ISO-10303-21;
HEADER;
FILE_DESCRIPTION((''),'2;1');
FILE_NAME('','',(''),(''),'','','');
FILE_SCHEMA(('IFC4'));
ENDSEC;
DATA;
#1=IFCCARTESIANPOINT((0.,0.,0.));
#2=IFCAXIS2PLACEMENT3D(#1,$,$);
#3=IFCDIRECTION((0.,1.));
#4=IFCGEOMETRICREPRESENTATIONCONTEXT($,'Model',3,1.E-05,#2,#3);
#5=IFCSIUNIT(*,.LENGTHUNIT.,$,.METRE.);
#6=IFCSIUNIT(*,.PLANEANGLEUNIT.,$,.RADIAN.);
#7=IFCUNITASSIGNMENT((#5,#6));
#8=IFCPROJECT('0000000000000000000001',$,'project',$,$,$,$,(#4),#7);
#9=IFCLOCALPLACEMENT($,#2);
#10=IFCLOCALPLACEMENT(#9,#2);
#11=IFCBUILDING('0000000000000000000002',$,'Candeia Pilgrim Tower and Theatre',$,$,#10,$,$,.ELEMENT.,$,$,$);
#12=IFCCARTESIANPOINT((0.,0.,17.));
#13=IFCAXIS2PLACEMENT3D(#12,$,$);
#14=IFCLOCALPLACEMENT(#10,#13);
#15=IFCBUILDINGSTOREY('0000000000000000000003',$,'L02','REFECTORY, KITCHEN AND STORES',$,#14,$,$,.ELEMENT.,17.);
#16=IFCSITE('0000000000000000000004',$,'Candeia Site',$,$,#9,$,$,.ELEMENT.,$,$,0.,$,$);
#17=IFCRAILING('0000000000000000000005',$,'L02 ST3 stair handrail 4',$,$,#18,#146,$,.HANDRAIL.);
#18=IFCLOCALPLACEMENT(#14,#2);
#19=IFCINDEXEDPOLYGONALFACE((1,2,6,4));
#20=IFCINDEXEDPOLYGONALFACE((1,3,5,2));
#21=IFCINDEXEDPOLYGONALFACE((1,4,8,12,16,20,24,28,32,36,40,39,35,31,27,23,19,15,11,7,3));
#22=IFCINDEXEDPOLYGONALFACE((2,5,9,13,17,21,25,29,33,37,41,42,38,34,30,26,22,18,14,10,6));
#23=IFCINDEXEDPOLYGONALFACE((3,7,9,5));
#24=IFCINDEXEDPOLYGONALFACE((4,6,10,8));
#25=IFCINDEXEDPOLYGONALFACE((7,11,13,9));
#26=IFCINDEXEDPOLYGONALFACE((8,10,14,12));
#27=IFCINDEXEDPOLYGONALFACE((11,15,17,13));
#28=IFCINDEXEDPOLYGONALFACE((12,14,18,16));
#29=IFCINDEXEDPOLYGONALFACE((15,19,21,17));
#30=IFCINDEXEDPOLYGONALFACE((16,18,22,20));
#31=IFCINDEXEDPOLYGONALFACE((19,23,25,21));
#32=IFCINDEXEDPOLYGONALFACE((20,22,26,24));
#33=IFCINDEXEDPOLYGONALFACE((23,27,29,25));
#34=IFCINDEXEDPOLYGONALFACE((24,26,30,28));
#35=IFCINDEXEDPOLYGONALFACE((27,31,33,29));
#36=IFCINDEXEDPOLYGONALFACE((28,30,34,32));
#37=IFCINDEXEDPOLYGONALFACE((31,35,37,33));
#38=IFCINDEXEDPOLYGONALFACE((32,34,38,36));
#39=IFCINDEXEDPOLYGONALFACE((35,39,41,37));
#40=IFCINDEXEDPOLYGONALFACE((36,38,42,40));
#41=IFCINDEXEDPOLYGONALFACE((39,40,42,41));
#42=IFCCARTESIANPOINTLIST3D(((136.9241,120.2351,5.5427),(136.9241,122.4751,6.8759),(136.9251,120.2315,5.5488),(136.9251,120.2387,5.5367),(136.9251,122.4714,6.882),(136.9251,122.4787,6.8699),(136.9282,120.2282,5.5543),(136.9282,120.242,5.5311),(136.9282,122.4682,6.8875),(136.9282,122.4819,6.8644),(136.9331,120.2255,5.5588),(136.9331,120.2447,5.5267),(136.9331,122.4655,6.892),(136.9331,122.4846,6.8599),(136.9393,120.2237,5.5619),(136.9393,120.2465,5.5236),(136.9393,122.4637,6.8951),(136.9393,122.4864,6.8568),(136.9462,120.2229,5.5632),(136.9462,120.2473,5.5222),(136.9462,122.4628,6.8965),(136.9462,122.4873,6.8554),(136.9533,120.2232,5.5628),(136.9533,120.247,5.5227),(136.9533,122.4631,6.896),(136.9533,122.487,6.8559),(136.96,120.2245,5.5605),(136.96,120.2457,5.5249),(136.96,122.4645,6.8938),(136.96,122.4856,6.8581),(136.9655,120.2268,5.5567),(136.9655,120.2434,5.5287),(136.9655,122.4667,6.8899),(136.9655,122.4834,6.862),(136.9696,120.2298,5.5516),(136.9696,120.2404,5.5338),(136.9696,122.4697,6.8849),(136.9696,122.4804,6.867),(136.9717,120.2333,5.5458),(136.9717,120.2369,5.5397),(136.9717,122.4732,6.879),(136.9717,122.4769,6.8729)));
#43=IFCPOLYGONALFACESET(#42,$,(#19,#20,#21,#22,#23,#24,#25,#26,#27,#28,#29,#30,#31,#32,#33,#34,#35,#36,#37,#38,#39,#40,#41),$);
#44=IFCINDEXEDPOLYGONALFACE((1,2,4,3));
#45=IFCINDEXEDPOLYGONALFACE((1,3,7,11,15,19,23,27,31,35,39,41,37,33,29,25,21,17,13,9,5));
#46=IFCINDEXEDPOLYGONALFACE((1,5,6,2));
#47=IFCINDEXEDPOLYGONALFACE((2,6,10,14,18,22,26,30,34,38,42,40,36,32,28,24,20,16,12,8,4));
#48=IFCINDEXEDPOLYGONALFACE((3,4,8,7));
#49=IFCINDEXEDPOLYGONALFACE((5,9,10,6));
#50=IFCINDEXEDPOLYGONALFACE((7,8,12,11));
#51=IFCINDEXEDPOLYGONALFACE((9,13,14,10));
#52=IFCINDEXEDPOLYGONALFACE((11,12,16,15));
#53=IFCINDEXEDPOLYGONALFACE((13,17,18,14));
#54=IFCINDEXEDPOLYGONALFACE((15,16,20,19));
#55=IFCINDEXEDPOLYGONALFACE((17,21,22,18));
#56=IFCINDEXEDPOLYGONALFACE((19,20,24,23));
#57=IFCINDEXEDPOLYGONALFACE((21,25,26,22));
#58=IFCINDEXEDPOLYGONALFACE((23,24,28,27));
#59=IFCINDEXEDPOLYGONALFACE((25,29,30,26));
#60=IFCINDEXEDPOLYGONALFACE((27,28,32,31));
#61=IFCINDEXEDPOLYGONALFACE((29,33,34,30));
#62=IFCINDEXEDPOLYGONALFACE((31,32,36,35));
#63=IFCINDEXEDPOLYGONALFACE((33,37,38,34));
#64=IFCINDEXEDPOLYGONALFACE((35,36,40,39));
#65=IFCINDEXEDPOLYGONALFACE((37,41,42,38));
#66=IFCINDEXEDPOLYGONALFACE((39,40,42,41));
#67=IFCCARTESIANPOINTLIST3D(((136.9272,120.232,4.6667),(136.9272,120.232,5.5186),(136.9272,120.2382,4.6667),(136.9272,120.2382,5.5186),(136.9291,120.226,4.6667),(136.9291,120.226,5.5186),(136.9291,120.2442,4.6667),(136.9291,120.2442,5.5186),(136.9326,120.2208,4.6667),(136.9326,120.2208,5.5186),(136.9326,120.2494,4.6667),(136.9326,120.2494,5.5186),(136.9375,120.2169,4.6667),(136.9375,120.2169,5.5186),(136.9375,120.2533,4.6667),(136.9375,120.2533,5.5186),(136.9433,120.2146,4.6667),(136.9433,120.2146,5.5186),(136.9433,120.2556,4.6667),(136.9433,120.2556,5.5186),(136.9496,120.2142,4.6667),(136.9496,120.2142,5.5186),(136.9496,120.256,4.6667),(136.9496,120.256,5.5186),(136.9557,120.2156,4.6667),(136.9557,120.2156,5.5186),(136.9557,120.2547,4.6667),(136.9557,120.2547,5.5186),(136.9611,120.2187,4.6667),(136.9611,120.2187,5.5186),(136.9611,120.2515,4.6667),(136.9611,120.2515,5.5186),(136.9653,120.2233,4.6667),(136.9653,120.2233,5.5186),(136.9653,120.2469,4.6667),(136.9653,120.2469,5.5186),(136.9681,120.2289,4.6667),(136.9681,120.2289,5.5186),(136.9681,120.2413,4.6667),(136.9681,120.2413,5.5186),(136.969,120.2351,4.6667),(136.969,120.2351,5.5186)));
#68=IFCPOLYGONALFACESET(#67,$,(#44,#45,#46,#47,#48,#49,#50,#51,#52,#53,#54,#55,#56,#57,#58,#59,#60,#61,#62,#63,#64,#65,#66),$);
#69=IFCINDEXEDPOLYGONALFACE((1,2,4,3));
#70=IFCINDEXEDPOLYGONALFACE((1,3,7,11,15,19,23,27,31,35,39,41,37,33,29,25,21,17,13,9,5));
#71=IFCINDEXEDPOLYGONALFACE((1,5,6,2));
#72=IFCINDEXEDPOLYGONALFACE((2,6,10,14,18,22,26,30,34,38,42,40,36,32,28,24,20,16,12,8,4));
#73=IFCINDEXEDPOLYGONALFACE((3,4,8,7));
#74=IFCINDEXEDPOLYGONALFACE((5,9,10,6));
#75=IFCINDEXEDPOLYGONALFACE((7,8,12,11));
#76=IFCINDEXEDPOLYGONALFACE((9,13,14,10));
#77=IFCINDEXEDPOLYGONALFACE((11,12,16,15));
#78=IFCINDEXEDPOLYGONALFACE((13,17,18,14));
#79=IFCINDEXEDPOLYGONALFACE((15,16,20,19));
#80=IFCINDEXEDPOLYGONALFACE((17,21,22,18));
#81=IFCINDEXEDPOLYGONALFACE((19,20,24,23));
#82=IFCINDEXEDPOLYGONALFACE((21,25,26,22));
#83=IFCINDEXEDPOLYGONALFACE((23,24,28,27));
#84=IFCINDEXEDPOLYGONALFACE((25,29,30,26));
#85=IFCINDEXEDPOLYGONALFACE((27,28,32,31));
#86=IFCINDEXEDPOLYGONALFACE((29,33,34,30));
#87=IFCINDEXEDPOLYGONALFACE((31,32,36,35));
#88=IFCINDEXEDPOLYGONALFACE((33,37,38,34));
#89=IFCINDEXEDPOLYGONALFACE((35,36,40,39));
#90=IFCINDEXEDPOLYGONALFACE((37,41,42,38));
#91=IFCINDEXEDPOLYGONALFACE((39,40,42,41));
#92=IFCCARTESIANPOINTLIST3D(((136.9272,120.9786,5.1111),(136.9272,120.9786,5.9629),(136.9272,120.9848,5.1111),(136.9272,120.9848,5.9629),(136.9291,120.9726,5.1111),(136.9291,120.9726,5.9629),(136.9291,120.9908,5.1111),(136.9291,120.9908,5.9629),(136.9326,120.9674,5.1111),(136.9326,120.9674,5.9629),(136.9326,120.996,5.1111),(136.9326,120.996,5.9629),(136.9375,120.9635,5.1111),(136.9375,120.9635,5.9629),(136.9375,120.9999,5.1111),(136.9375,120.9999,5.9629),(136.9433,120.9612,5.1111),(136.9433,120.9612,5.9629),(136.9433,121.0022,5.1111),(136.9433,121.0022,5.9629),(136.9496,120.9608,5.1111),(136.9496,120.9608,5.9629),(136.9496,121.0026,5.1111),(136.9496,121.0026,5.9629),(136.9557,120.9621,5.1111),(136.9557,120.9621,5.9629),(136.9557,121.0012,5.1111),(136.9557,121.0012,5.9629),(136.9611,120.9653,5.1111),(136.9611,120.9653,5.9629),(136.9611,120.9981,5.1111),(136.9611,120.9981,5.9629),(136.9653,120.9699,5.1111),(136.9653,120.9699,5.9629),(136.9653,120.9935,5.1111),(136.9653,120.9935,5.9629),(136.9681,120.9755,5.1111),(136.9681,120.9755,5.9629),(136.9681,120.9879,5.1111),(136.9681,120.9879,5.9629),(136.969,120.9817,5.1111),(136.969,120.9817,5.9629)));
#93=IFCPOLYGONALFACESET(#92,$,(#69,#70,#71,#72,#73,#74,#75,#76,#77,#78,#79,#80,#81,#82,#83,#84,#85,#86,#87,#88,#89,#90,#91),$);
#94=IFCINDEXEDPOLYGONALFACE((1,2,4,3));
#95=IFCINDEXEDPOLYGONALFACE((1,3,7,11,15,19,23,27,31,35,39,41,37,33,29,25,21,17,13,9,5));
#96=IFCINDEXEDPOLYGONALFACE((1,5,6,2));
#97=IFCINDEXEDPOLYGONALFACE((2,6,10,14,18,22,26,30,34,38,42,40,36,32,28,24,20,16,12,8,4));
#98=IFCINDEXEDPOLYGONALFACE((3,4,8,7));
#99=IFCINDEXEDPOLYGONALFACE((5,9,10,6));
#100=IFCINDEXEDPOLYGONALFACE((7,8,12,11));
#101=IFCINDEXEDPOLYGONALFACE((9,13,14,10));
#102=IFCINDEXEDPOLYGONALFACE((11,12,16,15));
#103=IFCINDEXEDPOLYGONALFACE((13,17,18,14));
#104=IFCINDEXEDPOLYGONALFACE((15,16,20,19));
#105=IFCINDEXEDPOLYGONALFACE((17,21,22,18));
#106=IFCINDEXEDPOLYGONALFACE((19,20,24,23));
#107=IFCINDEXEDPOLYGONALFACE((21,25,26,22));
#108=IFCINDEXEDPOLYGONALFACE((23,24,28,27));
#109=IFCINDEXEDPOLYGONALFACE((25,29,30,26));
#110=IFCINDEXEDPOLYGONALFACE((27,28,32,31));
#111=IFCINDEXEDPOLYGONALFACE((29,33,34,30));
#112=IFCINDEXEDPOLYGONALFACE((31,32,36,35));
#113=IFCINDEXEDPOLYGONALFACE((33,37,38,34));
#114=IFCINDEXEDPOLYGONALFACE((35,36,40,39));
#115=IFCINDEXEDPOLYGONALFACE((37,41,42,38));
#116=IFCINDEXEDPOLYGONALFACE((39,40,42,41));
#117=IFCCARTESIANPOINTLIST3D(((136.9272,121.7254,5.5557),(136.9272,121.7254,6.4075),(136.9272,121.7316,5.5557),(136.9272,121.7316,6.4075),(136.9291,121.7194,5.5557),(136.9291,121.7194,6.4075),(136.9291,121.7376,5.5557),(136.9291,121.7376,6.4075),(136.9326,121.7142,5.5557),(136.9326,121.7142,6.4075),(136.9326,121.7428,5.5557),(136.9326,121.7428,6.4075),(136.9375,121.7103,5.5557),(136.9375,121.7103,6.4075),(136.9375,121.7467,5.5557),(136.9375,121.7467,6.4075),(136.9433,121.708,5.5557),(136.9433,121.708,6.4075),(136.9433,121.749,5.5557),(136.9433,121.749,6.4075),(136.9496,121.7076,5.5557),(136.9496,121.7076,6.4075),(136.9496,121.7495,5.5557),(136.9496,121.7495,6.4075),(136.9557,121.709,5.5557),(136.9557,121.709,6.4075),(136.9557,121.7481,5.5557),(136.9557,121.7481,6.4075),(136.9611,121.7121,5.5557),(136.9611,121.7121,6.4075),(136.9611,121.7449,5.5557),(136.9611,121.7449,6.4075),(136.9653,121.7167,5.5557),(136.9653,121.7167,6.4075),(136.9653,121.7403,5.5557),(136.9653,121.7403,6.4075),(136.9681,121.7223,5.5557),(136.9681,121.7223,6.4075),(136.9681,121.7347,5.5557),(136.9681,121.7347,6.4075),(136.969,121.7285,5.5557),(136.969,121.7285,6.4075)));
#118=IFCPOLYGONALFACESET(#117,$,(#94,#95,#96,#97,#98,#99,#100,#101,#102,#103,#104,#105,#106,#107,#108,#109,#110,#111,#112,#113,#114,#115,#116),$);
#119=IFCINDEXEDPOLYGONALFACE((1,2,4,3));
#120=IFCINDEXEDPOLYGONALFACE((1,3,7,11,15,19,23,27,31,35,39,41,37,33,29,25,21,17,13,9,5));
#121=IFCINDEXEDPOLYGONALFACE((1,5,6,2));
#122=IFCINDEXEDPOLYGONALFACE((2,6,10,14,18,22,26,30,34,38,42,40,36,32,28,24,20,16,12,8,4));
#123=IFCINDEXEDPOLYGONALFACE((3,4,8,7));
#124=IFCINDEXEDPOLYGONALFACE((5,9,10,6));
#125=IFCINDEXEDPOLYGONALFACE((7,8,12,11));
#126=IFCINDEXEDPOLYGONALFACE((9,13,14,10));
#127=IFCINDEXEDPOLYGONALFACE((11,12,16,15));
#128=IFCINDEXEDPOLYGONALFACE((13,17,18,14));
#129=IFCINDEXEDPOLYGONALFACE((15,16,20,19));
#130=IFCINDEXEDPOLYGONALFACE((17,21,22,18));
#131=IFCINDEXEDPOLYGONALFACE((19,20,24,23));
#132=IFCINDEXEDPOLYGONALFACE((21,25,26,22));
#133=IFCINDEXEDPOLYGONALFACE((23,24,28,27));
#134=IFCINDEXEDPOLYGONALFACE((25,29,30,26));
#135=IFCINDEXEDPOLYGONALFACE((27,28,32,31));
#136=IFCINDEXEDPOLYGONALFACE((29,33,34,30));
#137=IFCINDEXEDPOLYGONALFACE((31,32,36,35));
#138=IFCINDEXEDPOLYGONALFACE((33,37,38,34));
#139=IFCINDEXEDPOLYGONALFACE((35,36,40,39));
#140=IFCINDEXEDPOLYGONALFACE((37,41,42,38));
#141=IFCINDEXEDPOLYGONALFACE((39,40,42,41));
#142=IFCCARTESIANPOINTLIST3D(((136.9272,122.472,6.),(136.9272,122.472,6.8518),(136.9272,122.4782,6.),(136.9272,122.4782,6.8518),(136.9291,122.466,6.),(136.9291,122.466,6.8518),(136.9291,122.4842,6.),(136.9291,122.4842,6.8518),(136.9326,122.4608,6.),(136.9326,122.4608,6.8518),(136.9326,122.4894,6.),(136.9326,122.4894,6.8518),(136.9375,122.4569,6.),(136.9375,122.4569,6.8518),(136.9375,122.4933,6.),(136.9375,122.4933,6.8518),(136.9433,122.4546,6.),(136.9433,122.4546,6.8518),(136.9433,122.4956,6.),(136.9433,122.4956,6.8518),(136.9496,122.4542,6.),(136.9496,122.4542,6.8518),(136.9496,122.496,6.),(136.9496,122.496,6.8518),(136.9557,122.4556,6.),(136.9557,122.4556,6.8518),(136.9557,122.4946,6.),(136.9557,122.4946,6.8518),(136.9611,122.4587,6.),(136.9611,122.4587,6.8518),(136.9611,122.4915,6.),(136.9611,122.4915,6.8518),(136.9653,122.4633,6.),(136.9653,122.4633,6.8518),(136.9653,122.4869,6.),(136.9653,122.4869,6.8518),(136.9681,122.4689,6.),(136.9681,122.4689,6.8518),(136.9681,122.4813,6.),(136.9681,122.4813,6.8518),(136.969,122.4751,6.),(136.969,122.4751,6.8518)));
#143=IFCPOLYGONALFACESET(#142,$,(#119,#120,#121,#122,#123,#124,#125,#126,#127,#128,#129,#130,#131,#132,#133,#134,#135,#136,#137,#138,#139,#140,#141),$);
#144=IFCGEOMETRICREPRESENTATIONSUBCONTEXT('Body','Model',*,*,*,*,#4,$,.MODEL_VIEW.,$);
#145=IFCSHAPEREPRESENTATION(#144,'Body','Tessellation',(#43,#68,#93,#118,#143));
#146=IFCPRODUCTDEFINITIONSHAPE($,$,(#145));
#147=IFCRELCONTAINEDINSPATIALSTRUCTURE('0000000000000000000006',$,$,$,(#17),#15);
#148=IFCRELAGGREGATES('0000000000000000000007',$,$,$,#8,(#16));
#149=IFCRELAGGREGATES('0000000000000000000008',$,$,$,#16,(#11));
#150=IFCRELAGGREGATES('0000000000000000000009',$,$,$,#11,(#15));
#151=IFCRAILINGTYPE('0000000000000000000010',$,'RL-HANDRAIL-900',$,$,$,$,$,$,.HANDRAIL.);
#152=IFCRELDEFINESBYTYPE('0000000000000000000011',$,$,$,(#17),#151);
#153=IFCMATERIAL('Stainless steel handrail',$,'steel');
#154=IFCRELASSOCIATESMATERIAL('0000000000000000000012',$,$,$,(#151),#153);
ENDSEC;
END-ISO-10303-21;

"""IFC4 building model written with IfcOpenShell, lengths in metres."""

from ifc_helpers import new_model, si_unit, direction, frame, origin, origin_2d, place, context, subcontext, project, spatial, circle, extrude, material, type_object, element, save


model = new_model("IFC4")

# Units and contexts
model_context = context("Model", 3, precision=1e-05, world=origin(), true_north=direction((0.0, 1.0)))
body_context = subcontext(model_context, "Body", "Model", "MODEL_VIEW")
ifc_project = project(units=[si_unit("LENGTHUNIT", "METRE"), si_unit("PLANEANGLEUNIT", "RADIAN")], contexts=[model_context])

# Site, building, storey
site_placement = place(None, origin())
site = spatial("IfcSite", under=ifc_project, at=site_placement, Name="Candeia Site", CompositionType="ELEMENT", RefElevation=0.0)
building_placement = place(site_placement, origin())
building = spatial("IfcBuilding", under=site, at=building_placement, Name="Candeia Pilgrim Tower and Theatre", CompositionType="ELEMENT")
storey_placement = place(building_placement, frame((0.0, 0.0, 17.0)))
storey = spatial("IfcBuildingStorey", under=building, at=storey_placement, Name="L02", Description="REFECTORY, KITCHEN AND STORES", CompositionType="ELEMENT", Elevation=17.0)

# Railing
ifc_material_1 = material(Name="Stainless steel handrail", Category="steel")
railing_type_1 = type_object("IfcRailingType", Name="RL-HANDRAIL-900", PredefinedType="HANDRAIL", material=ifc_material_1)
railing_1_placement = place(storey_placement, frame((136.948, 120.2351, 4.6667)))
element("IfcRailing", 1, at=railing_1_placement, inside=storey, type_object=railing_type_1, Name="L02 ST3 stair handrail 4", PredefinedType="HANDRAIL", context=body_context, shape_type="SweptSolid", body=[
    extrude(circle(Radius=0.0239, at=origin_2d()), frame((0.0, 0.0, 0.876), z_axis=(0.0, 0.859306, 0.511462), x_axis=(-1.0, 0.0, 0.0)), (0.0, 0.0, 1.0), 2.6067),
    extrude(circle(Radius=0.021, at=origin_2d()), origin(), (0.0, 0.0, 1.0), 0.8518),
    extrude(circle(Radius=0.021, at=origin_2d()), frame((0.0, 0.7466, 0.4443)), (0.0, 0.0, 1.0), 0.8518),
    extrude(circle(Radius=0.021, at=origin_2d()), frame((0.0, 1.4934, 0.8889)), (0.0, 0.0, 1.0), 0.8518),
    extrude(circle(Radius=0.021, at=origin_2d()), frame((0.0, 2.24, 1.3333)), (0.0, 0.0, 1.0), 0.8518),
])

save(model, "model.ifc")
